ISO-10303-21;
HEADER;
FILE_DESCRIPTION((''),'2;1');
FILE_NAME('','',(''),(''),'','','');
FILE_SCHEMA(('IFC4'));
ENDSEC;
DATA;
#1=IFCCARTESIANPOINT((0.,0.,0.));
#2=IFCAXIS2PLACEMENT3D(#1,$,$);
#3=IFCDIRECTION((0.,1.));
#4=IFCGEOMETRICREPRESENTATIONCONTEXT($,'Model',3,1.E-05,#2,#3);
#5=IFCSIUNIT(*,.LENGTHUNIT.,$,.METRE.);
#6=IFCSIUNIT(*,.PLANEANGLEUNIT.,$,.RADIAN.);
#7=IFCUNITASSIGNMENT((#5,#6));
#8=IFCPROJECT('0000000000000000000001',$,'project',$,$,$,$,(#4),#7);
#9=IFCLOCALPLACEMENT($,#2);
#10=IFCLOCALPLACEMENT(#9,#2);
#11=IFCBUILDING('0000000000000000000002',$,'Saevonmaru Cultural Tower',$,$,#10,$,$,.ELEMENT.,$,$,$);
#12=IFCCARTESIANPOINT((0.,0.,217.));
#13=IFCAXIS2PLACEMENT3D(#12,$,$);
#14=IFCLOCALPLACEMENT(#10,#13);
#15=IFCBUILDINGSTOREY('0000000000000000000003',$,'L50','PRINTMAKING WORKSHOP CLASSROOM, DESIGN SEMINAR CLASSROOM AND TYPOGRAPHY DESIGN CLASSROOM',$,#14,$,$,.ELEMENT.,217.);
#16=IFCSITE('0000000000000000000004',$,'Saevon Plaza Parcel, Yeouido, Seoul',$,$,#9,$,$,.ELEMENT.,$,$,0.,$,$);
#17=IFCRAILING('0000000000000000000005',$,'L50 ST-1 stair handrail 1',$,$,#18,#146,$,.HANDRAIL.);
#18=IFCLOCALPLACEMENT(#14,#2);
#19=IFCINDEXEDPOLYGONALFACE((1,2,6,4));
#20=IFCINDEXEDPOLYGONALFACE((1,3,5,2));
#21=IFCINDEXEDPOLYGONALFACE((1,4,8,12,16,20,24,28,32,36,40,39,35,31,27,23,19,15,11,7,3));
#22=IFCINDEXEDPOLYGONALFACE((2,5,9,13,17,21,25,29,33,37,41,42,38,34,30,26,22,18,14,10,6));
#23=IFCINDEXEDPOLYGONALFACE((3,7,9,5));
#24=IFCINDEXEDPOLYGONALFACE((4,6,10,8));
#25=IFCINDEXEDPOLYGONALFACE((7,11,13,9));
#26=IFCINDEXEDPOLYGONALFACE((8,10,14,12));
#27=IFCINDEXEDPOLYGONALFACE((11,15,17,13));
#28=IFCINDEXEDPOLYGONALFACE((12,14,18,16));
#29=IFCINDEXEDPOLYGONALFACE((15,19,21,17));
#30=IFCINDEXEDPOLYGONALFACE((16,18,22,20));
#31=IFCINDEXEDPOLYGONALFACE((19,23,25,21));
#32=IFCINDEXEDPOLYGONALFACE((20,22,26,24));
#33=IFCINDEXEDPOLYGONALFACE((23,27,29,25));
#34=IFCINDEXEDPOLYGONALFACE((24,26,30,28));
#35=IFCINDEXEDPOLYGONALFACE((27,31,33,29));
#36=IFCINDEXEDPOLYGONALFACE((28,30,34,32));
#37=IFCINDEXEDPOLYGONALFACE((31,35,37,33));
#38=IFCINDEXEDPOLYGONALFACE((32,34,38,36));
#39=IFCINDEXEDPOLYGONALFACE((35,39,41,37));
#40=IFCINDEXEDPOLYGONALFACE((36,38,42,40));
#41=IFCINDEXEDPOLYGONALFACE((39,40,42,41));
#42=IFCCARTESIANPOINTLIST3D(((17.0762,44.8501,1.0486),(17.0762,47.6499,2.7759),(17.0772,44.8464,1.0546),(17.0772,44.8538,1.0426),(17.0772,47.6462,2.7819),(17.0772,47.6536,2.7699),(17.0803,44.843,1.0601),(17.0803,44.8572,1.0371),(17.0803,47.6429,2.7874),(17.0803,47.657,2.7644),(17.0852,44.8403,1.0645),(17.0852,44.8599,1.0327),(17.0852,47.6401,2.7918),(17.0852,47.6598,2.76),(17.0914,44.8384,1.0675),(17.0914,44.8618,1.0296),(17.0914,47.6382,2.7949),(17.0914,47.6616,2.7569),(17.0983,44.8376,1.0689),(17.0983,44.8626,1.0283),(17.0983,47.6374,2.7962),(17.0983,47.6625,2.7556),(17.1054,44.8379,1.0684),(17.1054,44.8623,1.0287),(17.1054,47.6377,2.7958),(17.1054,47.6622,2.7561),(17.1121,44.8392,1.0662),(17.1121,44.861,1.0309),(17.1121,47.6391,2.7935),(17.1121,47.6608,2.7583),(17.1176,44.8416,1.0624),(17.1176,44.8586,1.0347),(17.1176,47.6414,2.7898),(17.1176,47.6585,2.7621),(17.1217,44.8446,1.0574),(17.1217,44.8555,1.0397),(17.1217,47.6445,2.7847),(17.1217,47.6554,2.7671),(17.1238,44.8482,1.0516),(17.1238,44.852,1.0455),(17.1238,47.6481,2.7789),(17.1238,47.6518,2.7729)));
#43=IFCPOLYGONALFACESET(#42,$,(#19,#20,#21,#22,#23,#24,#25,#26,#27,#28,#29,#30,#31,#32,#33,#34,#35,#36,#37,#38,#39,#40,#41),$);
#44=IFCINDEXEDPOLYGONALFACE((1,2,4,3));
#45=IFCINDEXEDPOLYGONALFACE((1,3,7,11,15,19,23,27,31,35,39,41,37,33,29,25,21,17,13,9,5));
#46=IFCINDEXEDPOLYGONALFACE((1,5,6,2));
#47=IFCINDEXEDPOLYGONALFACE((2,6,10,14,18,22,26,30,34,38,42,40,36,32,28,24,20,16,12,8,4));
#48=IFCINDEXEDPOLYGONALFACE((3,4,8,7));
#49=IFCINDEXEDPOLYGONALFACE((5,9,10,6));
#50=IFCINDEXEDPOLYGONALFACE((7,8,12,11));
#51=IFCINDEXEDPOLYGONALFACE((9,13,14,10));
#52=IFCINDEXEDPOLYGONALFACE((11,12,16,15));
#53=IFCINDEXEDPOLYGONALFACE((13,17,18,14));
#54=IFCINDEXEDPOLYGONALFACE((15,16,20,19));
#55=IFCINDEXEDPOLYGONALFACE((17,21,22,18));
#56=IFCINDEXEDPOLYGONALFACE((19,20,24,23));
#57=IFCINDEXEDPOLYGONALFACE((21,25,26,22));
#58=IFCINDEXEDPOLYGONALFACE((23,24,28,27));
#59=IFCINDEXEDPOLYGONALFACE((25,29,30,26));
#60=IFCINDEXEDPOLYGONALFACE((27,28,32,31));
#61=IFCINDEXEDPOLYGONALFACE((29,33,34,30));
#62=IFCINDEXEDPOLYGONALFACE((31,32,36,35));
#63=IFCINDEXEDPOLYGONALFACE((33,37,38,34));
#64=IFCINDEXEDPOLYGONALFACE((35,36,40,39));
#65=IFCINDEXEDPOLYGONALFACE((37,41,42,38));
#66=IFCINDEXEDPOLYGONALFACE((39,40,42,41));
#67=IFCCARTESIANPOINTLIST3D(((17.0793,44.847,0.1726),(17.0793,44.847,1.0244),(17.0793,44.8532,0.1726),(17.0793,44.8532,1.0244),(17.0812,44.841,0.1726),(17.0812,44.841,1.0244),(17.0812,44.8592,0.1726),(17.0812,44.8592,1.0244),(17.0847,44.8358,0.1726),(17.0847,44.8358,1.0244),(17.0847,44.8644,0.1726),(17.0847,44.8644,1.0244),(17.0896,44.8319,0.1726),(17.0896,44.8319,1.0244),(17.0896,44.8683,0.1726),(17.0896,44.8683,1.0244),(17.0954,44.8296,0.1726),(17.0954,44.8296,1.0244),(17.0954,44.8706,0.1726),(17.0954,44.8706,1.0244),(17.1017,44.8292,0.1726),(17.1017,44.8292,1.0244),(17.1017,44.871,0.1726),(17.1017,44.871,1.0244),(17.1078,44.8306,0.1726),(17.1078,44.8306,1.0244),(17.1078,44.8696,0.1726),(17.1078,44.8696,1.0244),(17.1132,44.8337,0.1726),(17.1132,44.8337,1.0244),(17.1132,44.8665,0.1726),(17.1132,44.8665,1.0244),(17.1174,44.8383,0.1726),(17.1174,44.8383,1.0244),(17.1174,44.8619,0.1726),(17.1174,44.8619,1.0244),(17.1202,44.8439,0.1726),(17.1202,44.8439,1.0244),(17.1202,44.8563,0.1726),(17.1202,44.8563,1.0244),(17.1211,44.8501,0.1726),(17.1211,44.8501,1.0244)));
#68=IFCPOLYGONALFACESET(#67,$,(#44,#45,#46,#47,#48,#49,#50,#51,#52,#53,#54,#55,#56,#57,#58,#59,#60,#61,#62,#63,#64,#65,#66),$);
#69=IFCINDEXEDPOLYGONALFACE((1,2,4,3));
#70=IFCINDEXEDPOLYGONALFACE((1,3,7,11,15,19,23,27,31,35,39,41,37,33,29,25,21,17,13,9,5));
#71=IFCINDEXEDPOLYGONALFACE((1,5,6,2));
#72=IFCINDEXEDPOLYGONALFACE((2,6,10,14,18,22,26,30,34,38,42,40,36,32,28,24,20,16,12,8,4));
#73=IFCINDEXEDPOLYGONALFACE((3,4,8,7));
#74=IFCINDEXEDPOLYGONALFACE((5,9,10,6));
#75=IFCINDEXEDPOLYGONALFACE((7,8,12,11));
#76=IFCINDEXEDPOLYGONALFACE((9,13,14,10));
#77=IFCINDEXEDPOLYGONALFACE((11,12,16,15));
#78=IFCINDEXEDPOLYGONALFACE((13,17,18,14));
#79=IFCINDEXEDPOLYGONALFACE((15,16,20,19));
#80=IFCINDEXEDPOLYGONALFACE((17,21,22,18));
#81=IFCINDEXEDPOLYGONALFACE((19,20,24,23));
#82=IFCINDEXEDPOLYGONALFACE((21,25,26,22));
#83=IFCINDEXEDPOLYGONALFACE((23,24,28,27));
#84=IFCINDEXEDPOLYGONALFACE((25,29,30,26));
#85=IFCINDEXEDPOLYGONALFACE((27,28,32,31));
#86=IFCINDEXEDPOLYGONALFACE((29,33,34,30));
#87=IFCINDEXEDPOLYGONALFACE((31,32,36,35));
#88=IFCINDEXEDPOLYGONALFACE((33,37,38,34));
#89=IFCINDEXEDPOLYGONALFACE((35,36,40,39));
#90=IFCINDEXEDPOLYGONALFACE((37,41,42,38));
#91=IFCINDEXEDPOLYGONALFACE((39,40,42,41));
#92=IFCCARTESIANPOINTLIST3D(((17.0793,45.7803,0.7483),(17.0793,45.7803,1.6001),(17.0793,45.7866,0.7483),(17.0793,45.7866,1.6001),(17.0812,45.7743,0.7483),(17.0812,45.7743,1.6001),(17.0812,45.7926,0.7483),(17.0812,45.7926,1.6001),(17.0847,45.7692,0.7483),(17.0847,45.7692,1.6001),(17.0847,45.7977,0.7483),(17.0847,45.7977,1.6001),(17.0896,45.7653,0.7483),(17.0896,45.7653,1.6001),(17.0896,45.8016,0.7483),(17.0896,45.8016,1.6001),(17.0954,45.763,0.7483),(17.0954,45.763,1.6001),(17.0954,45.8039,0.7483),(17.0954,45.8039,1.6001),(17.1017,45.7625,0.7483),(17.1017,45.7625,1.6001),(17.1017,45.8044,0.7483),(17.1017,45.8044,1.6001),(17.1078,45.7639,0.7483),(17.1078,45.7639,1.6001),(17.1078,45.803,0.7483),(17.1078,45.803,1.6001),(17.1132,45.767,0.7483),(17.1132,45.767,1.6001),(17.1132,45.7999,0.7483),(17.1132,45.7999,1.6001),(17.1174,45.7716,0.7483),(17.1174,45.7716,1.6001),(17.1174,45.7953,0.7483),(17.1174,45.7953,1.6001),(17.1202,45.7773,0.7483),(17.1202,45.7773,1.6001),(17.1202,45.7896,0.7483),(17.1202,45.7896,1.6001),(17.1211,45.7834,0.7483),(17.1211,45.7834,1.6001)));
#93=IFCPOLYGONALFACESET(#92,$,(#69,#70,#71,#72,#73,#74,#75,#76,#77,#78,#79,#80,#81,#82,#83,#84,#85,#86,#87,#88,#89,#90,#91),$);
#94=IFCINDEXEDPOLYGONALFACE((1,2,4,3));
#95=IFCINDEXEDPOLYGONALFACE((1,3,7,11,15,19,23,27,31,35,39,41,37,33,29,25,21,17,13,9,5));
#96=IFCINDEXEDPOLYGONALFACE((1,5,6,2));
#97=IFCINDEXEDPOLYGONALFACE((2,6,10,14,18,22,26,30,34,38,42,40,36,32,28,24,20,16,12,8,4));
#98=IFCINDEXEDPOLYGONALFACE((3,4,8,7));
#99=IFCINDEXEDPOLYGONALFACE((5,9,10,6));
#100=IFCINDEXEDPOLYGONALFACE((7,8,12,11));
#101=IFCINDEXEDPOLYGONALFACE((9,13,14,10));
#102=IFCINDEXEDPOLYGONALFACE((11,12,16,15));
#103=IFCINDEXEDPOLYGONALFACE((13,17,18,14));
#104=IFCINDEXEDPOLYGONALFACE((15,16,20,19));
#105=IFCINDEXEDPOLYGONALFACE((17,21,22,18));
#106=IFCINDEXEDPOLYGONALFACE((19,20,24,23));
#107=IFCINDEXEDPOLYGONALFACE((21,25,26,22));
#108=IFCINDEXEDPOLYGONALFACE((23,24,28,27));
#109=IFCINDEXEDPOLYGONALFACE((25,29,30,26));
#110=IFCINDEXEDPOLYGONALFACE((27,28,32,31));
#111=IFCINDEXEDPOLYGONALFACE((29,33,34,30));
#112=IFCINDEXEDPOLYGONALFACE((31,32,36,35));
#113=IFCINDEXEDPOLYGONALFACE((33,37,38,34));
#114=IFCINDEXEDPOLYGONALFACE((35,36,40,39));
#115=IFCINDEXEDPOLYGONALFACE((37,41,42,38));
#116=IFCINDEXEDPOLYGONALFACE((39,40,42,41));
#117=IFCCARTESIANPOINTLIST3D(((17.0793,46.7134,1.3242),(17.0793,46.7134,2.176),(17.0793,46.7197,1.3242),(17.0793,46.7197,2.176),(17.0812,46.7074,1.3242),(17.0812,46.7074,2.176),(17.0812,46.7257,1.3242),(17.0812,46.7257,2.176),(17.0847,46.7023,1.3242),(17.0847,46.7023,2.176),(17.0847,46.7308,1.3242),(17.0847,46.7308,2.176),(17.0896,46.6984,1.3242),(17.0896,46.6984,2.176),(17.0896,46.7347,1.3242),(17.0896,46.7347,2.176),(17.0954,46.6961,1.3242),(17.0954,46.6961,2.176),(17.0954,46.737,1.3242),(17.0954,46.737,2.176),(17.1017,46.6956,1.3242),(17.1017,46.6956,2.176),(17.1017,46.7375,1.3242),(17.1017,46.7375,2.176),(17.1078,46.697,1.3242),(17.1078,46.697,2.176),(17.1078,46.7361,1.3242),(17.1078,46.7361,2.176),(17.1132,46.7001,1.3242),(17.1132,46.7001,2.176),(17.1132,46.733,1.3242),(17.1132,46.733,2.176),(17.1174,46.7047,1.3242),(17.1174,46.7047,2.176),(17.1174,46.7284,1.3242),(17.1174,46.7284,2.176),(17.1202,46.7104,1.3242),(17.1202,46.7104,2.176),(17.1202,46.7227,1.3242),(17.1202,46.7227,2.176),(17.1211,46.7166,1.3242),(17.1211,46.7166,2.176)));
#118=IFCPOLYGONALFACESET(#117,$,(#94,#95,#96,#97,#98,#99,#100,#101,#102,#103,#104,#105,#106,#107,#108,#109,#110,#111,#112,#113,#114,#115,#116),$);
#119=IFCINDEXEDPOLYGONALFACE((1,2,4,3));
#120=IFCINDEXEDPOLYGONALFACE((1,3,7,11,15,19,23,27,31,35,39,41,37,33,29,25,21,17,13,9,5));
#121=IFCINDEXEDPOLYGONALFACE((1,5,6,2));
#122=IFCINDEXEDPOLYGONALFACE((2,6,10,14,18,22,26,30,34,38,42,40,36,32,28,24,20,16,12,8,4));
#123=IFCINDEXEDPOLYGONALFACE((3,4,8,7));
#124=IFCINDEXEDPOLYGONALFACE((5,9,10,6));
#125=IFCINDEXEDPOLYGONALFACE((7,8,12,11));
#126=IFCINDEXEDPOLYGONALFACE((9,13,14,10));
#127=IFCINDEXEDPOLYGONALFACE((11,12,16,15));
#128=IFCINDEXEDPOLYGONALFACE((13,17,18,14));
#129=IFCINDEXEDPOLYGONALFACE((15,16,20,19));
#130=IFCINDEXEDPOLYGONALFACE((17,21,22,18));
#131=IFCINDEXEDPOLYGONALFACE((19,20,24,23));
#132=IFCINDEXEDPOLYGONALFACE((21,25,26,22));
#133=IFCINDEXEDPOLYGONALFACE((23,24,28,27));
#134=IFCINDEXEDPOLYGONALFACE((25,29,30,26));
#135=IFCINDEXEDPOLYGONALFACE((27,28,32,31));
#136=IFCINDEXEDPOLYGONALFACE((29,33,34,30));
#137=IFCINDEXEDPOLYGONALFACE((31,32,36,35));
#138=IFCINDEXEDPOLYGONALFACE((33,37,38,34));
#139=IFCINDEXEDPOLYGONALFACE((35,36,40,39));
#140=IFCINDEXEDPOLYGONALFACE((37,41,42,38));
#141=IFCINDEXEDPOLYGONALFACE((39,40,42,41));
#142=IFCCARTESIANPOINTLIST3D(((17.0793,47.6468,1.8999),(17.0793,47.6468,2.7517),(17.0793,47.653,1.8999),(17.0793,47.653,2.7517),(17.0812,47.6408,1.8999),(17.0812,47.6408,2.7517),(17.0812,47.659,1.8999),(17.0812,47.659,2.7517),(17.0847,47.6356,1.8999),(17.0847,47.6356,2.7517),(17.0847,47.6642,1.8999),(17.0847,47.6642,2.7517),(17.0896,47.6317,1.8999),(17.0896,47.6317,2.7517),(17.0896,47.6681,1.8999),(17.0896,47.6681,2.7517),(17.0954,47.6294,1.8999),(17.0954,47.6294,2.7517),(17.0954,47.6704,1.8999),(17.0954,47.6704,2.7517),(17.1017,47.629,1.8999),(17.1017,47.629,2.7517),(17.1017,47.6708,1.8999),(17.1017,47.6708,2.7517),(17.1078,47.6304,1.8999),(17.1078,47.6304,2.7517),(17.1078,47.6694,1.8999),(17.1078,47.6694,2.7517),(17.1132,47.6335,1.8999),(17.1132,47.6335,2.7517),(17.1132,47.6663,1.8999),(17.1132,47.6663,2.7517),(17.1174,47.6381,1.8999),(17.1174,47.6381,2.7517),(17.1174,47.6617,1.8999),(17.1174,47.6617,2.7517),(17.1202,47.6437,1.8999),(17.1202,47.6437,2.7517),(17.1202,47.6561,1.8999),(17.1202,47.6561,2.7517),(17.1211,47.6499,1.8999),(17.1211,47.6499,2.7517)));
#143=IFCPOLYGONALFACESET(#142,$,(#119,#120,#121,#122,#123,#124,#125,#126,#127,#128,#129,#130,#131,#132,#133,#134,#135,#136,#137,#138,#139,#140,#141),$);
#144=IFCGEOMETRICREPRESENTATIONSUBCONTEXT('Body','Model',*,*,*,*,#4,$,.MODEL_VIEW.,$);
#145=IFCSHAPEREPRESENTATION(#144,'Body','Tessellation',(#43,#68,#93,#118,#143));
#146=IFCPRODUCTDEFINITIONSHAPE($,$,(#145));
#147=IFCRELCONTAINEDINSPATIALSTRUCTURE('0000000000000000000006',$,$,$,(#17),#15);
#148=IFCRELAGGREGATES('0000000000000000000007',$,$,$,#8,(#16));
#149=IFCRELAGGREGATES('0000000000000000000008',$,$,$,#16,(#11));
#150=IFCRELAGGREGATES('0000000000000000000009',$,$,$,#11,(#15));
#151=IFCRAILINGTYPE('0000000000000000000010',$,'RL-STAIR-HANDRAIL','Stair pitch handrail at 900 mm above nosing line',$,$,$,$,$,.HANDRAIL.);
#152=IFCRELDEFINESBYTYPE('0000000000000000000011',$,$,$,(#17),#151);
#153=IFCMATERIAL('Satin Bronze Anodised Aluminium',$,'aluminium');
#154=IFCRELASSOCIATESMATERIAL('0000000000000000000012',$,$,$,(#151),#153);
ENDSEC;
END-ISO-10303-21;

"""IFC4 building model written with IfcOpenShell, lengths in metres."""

from ifc_helpers import new_model, si_unit, direction, frame, origin, origin_2d, place, context, subcontext, project, spatial, circle, extrude, material, type_object, element, save


model = new_model("IFC4")

# Units and contexts
model_context = context("Model", 3, precision=1e-05, world=origin(), true_north=direction((0.0, 1.0)))
body_context = subcontext(model_context, "Body", "Model", "MODEL_VIEW")
ifc_project = project(units=[si_unit("LENGTHUNIT", "METRE"), si_unit("PLANEANGLEUNIT", "RADIAN")], contexts=[model_context])

# Site, building, storey
site_placement = place(None, origin())
site = spatial("IfcSite", under=ifc_project, at=site_placement, Name="Saevon Plaza Parcel, Yeouido, Seoul", CompositionType="ELEMENT", RefElevation=0.0)
building_placement = place(site_placement, origin())
building = spatial("IfcBuilding", under=site, at=building_placement, Name="Saevonmaru Cultural Tower", CompositionType="ELEMENT")
storey_placement = place(building_placement, frame((0.0, 0.0, 217.0)))
storey = spatial("IfcBuildingStorey", under=building, at=storey_placement, Name="L50", Description="PRINTMAKING WORKSHOP CLASSROOM, DESIGN SEMINAR CLASSROOM AND TYPOGRAPHY DESIGN CLASSROOM", CompositionType="ELEMENT", Elevation=217.0)

# Shared definitions
ifc_material_1 = material(Name="Satin Bronze Anodised Aluminium", Category="aluminium")

# Railing
railing_type_1 = type_object("IfcRailingType", Name="RL-STAIR-HANDRAIL", Description="Stair pitch handrail at 900 mm above nosing line", PredefinedType="HANDRAIL", material=ifc_material_1)
railing_1_placement = place(storey_placement, frame((17.1001, 44.8501, 0.1726)))
element("IfcRailing", 1, at=railing_1_placement, inside=storey, type_object=railing_type_1, Name="L50 ST-1 stair handrail 1", PredefinedType="HANDRAIL", context=body_context, shape_type="SweptSolid", body=[
    extrude(circle(Radius=0.0239, at=origin_2d()), frame((0.0, 0.0, 0.876), z_axis=(0.0, 0.851069, 0.525054), x_axis=(-1.0, 0.0, 0.0)), (0.0, 0.0, 1.0), 3.2898),
    extrude(circle(Radius=0.021, at=origin_2d()), origin(), (0.0, 0.0, 1.0), 0.8518),
    extrude(circle(Radius=0.021, at=origin_2d()), frame((0.0, 0.9333, 0.5757)), (0.0, 0.0, 1.0), 0.8518),
    extrude(circle(Radius=0.021, at=origin_2d()), frame((0.0, 1.8665, 1.1516)), (0.0, 0.0, 1.0), 0.8518),
    extrude(circle(Radius=0.021, at=origin_2d()), frame((0.0, 2.7998, 1.7273)), (0.0, 0.0, 1.0), 0.8518),
])

save(model, "model.ifc")
